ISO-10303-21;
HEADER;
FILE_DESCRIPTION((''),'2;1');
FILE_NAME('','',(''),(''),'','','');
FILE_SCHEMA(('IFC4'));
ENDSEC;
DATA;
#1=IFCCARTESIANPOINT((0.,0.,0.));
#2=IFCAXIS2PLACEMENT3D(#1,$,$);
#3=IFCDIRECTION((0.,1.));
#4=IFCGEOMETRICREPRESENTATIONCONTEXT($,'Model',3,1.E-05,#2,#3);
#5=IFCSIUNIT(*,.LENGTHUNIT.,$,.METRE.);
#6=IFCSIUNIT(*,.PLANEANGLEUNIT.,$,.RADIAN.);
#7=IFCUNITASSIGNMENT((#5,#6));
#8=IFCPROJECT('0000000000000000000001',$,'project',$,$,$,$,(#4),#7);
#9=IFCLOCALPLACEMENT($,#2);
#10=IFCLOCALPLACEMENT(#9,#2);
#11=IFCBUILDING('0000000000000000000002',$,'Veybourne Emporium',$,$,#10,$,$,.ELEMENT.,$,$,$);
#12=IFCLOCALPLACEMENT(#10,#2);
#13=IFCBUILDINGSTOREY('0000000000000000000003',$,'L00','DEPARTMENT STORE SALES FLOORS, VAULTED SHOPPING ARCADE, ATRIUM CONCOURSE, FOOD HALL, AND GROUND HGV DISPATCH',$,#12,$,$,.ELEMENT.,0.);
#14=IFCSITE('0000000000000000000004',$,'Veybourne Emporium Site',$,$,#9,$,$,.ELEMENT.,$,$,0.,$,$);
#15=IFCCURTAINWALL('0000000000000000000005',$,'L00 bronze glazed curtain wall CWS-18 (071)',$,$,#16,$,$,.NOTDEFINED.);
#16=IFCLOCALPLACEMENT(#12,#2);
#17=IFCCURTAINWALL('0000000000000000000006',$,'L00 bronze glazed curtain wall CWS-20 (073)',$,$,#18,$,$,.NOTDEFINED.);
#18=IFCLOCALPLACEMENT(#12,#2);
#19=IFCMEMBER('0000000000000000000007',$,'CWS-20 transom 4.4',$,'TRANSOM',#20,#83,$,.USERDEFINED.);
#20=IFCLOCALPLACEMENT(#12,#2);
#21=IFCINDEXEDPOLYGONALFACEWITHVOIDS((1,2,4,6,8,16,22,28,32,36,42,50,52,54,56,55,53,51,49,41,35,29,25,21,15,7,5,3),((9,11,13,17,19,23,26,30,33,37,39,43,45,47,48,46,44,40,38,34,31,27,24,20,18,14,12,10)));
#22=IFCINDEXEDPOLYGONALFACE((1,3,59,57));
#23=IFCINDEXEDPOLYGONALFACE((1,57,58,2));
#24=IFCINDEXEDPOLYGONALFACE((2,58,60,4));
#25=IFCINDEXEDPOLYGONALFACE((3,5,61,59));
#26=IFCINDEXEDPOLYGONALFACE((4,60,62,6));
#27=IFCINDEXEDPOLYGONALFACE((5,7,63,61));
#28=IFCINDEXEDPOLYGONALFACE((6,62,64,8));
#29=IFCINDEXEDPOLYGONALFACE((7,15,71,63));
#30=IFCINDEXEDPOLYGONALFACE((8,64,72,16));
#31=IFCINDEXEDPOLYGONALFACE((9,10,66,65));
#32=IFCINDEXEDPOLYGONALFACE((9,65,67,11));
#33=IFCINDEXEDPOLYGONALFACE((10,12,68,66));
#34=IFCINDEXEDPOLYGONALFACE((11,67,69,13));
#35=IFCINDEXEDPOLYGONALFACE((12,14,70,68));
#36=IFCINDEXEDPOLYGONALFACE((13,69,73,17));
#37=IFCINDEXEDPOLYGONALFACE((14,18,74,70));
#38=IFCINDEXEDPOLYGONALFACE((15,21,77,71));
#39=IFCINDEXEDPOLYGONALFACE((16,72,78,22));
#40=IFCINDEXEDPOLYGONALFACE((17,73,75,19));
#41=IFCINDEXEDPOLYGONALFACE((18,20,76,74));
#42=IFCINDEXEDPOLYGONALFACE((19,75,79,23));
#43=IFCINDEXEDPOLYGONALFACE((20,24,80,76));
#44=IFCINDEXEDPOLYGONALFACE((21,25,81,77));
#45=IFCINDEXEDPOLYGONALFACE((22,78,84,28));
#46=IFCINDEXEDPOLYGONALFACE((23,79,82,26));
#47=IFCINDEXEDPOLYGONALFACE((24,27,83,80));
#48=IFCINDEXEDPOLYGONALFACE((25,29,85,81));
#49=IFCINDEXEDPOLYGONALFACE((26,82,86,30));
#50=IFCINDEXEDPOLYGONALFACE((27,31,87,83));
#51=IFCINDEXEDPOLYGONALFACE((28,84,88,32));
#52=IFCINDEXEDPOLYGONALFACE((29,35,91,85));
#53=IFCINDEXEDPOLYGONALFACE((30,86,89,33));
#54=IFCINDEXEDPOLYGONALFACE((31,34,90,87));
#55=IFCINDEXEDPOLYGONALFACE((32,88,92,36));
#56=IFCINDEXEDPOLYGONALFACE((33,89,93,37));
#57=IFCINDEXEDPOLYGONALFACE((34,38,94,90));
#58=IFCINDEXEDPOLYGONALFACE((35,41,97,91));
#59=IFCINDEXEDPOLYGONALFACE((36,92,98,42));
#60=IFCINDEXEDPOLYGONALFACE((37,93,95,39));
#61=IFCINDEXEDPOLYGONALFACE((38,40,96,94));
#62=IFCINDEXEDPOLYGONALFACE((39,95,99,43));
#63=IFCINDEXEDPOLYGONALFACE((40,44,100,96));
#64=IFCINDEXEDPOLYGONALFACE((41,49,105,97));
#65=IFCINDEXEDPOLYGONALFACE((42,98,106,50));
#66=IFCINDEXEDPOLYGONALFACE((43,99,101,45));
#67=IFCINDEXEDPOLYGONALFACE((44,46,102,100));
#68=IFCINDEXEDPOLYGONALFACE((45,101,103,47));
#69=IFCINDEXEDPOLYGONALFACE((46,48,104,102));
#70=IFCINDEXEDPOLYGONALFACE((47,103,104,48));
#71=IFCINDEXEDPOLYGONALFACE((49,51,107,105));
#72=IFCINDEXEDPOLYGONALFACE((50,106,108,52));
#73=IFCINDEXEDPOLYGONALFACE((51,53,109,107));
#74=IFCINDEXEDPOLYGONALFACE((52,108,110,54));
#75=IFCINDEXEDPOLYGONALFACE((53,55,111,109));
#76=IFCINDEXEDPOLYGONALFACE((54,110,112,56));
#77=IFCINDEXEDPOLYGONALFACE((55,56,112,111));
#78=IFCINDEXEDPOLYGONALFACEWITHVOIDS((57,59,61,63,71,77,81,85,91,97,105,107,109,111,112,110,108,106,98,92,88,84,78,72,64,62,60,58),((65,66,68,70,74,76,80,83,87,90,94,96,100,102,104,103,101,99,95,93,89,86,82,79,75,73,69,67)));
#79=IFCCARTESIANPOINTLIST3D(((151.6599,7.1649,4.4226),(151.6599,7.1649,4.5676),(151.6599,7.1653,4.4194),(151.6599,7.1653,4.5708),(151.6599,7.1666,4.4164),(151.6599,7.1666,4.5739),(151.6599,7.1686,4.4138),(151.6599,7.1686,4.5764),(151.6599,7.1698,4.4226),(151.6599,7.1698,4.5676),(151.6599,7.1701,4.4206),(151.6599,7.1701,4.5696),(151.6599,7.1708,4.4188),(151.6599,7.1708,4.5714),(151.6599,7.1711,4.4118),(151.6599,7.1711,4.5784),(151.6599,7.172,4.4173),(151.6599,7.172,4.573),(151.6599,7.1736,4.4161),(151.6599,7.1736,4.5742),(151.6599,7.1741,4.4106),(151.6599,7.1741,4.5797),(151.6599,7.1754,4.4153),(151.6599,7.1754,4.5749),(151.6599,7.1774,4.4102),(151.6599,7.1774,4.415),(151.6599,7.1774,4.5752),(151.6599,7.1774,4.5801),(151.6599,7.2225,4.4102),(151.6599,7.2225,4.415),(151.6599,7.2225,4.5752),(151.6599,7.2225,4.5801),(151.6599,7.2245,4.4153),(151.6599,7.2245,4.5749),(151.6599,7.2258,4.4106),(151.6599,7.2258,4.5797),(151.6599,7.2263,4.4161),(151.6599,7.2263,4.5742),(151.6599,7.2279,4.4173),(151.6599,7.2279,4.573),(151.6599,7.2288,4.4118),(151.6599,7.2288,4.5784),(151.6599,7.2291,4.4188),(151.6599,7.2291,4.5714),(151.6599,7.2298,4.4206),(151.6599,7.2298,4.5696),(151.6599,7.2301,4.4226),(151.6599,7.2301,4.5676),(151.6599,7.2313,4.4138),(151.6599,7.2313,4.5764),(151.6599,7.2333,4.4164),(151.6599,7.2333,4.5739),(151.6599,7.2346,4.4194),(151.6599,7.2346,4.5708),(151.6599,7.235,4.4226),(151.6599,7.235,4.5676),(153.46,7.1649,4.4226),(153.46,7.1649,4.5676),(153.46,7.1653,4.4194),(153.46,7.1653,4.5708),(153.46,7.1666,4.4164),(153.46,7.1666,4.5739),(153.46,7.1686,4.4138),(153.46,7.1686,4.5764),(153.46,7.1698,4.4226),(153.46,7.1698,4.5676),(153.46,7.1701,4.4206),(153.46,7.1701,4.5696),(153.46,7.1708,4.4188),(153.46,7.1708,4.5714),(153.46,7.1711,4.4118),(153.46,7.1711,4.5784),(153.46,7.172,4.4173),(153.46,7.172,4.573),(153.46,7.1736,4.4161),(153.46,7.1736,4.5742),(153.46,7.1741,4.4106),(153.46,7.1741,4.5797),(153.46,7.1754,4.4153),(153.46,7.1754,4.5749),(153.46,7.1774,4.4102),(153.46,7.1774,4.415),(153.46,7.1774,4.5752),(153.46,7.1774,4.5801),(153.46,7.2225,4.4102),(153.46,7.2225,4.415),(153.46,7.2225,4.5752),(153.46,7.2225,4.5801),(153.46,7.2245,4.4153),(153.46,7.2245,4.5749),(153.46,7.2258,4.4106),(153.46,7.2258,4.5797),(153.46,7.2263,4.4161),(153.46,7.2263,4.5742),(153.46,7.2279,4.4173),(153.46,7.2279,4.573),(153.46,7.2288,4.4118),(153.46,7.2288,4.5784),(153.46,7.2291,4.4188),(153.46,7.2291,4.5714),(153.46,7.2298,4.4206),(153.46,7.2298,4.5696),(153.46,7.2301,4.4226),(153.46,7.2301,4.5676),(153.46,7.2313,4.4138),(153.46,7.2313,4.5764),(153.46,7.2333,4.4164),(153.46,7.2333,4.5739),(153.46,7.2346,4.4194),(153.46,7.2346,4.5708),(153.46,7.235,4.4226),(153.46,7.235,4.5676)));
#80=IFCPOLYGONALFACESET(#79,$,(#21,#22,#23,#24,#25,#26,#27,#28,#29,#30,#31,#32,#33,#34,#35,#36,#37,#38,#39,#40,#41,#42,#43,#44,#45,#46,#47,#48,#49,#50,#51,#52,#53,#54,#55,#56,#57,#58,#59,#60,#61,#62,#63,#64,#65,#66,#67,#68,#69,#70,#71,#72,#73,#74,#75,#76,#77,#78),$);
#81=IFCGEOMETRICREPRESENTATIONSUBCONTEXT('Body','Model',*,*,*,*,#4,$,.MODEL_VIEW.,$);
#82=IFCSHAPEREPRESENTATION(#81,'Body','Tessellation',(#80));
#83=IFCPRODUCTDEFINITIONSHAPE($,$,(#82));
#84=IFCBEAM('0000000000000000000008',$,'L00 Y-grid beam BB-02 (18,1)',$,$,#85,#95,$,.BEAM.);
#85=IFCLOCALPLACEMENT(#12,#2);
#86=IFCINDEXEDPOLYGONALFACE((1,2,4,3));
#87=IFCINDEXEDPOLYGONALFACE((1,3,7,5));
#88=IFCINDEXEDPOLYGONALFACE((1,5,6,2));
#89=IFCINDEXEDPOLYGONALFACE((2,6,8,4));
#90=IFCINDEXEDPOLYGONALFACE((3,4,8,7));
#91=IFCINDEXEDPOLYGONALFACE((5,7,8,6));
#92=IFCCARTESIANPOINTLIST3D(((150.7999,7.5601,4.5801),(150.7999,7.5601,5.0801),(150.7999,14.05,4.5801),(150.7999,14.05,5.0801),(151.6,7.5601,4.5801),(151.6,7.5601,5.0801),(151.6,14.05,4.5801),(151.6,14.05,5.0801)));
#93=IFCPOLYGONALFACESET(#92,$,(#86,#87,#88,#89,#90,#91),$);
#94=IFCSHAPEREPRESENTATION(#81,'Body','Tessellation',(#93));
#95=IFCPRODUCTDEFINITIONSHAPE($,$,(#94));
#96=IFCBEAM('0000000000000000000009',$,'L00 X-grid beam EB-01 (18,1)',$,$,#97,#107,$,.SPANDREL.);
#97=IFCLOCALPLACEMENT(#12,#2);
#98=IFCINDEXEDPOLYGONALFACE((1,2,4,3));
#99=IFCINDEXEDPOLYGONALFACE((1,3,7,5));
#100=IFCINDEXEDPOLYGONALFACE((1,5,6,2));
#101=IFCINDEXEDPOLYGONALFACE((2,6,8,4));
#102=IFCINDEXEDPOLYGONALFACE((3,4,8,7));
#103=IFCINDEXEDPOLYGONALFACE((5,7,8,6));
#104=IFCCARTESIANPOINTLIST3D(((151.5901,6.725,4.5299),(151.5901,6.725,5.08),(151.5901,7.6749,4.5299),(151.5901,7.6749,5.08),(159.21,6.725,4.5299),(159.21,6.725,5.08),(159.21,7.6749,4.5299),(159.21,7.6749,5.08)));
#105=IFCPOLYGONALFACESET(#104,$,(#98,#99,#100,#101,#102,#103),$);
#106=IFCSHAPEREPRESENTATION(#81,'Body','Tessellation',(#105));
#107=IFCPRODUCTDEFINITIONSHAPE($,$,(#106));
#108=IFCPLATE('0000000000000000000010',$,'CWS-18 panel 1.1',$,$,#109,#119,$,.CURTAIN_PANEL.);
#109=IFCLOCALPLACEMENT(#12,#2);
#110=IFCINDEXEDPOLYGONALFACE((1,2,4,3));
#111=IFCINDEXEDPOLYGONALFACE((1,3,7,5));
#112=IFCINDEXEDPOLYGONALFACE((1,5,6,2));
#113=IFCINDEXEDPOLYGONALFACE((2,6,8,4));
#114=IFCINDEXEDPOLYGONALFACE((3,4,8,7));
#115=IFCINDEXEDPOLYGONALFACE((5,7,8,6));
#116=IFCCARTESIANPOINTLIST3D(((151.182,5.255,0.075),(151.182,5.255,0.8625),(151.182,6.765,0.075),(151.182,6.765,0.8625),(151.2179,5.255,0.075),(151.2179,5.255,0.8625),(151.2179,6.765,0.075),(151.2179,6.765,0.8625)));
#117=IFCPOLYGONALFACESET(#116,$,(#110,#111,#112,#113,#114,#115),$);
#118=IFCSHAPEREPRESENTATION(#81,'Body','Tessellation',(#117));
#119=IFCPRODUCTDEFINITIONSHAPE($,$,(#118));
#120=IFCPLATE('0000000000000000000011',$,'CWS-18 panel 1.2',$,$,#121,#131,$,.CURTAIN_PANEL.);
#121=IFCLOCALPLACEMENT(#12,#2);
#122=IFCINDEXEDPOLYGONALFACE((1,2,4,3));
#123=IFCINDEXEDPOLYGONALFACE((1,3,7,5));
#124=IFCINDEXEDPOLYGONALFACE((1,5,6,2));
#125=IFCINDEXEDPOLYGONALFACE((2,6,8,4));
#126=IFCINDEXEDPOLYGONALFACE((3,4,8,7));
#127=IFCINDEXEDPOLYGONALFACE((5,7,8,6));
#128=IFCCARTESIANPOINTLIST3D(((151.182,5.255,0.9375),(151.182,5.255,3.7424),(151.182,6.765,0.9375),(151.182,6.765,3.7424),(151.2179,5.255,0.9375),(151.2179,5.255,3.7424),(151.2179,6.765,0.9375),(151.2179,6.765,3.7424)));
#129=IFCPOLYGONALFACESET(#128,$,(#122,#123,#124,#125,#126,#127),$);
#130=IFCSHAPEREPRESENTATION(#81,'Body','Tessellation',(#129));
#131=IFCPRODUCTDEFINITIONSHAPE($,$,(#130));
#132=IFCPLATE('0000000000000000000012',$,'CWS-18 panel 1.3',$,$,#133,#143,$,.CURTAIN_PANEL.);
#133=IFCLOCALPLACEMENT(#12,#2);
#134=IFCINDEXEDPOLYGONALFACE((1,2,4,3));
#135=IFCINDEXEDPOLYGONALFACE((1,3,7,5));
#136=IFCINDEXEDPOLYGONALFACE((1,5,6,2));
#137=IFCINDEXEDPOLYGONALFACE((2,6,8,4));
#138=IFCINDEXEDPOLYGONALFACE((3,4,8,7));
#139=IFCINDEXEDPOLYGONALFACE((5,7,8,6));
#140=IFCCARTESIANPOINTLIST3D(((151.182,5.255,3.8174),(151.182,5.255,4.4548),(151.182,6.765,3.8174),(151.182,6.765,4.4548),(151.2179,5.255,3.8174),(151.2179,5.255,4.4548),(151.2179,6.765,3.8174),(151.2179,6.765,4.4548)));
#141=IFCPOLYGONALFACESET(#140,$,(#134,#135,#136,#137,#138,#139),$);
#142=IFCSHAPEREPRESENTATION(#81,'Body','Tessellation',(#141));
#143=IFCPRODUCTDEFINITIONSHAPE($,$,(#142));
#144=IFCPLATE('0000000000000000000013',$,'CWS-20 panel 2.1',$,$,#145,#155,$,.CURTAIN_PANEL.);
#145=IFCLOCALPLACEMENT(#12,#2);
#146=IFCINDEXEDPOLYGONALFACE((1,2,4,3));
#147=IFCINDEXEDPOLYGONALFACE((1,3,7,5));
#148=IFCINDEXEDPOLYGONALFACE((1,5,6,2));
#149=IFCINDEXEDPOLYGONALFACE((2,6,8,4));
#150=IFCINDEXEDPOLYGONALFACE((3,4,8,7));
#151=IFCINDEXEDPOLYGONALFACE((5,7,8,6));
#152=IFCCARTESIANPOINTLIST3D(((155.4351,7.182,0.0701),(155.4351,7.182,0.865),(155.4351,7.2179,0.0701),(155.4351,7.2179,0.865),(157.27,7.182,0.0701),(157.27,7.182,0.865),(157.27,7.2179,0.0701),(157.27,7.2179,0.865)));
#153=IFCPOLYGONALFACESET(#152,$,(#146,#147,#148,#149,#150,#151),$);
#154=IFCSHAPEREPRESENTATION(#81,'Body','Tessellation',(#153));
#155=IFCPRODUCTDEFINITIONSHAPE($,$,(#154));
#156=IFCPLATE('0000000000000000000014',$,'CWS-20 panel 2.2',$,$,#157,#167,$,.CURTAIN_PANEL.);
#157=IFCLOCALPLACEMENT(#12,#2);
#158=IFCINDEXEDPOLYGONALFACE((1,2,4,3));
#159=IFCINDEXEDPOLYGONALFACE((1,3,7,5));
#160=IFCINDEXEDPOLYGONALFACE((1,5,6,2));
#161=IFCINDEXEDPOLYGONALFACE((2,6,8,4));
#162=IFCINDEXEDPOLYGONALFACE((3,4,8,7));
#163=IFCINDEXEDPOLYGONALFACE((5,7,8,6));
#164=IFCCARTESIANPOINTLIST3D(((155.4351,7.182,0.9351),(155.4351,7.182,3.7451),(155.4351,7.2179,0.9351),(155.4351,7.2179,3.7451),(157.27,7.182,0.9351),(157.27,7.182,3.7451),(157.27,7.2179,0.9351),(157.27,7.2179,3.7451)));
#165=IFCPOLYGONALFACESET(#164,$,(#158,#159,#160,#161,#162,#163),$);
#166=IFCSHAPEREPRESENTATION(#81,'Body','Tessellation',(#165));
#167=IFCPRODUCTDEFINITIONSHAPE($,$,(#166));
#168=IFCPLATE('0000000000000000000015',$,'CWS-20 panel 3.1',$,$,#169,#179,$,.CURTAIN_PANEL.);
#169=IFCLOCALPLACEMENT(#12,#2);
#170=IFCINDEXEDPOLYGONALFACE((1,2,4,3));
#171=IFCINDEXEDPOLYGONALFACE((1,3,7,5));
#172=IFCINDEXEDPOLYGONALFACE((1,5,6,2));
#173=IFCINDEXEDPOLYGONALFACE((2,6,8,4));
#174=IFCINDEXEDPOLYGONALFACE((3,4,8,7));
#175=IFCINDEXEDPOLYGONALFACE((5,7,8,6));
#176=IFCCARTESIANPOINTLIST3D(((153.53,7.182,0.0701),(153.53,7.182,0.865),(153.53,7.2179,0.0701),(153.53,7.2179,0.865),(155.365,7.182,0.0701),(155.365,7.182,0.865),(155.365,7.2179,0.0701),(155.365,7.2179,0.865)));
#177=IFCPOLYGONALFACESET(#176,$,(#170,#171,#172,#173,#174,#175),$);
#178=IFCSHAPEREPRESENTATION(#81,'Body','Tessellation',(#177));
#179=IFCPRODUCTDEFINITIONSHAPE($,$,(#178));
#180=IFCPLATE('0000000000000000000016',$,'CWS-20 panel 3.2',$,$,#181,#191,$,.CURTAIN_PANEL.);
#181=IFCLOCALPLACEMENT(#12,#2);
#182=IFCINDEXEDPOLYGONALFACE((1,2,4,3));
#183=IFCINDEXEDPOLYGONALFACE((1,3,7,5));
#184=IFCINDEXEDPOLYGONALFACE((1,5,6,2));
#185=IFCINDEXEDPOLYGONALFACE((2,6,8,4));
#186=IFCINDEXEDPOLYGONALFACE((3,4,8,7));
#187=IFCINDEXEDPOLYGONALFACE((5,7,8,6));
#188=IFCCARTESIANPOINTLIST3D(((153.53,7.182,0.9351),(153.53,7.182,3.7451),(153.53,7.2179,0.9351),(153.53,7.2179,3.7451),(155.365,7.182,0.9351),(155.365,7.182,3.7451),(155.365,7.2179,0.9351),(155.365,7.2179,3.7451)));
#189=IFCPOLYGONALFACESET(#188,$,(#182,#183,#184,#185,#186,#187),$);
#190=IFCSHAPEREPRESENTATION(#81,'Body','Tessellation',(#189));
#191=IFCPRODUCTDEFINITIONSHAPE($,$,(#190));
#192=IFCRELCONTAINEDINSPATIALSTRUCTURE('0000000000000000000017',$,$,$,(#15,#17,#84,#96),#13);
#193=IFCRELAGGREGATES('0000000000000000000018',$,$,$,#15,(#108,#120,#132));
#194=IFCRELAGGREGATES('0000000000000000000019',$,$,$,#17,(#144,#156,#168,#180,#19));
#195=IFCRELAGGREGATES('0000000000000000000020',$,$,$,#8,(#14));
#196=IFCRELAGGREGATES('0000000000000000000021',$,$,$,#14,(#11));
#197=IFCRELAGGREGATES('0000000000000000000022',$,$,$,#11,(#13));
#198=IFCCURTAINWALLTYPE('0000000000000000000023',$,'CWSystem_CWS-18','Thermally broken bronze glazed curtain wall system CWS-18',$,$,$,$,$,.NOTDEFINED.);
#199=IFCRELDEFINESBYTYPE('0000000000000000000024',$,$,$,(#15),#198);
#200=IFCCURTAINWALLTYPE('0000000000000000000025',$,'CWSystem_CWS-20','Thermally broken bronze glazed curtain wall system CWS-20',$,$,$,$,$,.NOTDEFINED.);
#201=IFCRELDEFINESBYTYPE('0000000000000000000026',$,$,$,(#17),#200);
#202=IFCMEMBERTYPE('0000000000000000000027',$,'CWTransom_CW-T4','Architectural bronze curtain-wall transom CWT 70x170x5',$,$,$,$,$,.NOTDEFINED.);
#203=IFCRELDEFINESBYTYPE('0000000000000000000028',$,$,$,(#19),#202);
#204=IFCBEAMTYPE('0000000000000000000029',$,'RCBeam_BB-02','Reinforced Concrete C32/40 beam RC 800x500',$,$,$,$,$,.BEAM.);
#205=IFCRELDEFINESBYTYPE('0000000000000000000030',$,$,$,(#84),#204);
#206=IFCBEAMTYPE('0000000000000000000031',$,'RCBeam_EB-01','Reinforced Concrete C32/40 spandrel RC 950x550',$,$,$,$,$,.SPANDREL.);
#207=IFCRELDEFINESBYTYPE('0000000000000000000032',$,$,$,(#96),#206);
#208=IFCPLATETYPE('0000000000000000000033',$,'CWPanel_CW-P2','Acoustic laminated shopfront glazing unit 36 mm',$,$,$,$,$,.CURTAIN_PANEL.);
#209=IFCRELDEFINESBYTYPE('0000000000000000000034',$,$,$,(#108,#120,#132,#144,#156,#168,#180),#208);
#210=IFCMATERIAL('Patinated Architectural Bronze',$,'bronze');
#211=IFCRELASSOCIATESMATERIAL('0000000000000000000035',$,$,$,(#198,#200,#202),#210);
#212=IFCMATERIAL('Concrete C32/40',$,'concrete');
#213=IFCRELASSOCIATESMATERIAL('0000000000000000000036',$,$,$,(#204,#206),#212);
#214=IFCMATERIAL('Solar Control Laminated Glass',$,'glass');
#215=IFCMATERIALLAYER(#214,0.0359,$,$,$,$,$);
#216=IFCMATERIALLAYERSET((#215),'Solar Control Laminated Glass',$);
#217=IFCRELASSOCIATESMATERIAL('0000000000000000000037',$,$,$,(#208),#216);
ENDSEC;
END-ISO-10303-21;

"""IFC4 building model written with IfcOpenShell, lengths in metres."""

from ifc_helpers import new_model, si_unit, direction, frame, origin, origin_2d, place, context, subcontext, project, spatial, rectangle, hollow_rectangle, extrude, material, layer, layer_set, material_profile, profile_set, type_object, element, aggregate, save


model = new_model("IFC4")

# Units and contexts
model_context = context("Model", 3, precision=1e-05, world=origin(), true_north=direction((0.0, 1.0)))
body_context = subcontext(model_context, "Body", "Model", "MODEL_VIEW")
ifc_project = project(units=[si_unit("LENGTHUNIT", "METRE"), si_unit("PLANEANGLEUNIT", "RADIAN")], contexts=[model_context])

# Site, building, storey
site_placement = place(None, origin())
site = spatial("IfcSite", under=ifc_project, at=site_placement, Name="Veybourne Emporium Site", CompositionType="ELEMENT", RefElevation=0.0)
building_placement = place(site_placement, origin())
building = spatial("IfcBuilding", under=site, at=building_placement, Name="Veybourne Emporium", CompositionType="ELEMENT")
storey_placement = place(building_placement, origin())
storey = spatial("IfcBuildingStorey", under=building, at=storey_placement, Name="L00", Description="DEPARTMENT STORE SALES FLOORS, VAULTED SHOPPING ARCADE, ATRIUM CONCOURSE, FOOD HALL, AND GROUND HGV DISPATCH", CompositionType="ELEMENT", Elevation=0.0)

# Curtain walls
ifc_material_1 = material(Name="Patinated Architectural Bronze", Category="bronze")
curtain_wall_type_1 = type_object("IfcCurtainWallType", Name="CWSystem_CWS-18", Description="Thermally broken bronze glazed curtain wall system CWS-18", PredefinedType="NOTDEFINED", material=ifc_material_1)
curtain_wall_1_placement = place(storey_placement, origin())
curtain_wall_1 = element("IfcCurtainWall", 1, at=curtain_wall_1_placement, inside=storey, type_object=curtain_wall_type_1, Name="L00 bronze glazed curtain wall CWS-18 (071)", PredefinedType="NOTDEFINED")
curtain_wall_type_2 = type_object("IfcCurtainWallType", Name="CWSystem_CWS-20", Description="Thermally broken bronze glazed curtain wall system CWS-20", PredefinedType="NOTDEFINED", material=ifc_material_1)
curtain_wall_2_placement = place(storey_placement, origin())
curtain_wall_2 = element("IfcCurtainWall", 2, at=curtain_wall_2_placement, inside=storey, type_object=curtain_wall_type_2, Name="L00 bronze glazed curtain wall CWS-20 (073)", PredefinedType="NOTDEFINED")

# Member
ifc_material_profile_1 = material_profile(ifc_material_1, hollow_rectangle(XDim=0.0701, YDim=0.1699, WallThickness=0.0049, InnerFilletRadius=0.0076, OuterFilletRadius=0.0125, at=origin_2d()), Name="CWT 70x170x5")
ifc_profile_set_1 = profile_set([ifc_material_profile_1], Name="Patinated Architectural Bronze")
member_type_1 = type_object("IfcMemberType", Name="CWTransom_CW-T4", Description="Architectural bronze curtain-wall transom CWT 70x170x5", PredefinedType="NOTDEFINED", material=ifc_profile_set_1)
member_1_placement = place(storey_placement, frame((153.46, 7.2, 4.4951), z_axis=(-1.0, 0.0, 0.0), x_axis=(0.0, -1.0, 0.0)))
member_1 = element("IfcMember", 3, at=member_1_placement, type_object=member_type_1, Name="CWS-20 transom 4.4", ObjectType="TRANSOM", PredefinedType="USERDEFINED", context=body_context, shape_type="SweptSolid", body=[
    extrude(hollow_rectangle(XDim=0.0701, YDim=0.1699, WallThickness=0.0049, InnerFilletRadius=0.0076, OuterFilletRadius=0.0125, at=origin_2d()), origin(), (0.0, 0.0, 1.0), 1.8),
])

# Beams
ifc_material_2 = material(Name="Concrete C32/40", Category="concrete")
ifc_material_profile_2 = material_profile(ifc_material_2, rectangle(XDim=0.8, YDim=0.5, at=origin_2d()), Name="RC 800x500")
ifc_profile_set_2 = profile_set([ifc_material_profile_2], Name="Concrete C32/40")
beam_type_1 = type_object("IfcBeamType", Name="RCBeam_BB-02", Description="Reinforced Concrete C32/40 beam RC 800x500", PredefinedType="BEAM", material=ifc_profile_set_2)
beam_1_placement = place(storey_placement, frame((151.2, 7.5601, 4.8301), z_axis=(0.0, 1.0, 0.0), x_axis=(-1.0, 0.0, 0.0)))
element("IfcBeam", 4, at=beam_1_placement, inside=storey, type_object=beam_type_1, Name="L00 Y-grid beam BB-02 (18,1)", PredefinedType="BEAM", context=body_context, shape_type="SweptSolid", body=[
    extrude(rectangle(XDim=0.8, YDim=0.5, at=origin_2d()), origin(), (0.0, 0.0, 1.0), 6.49),
])
ifc_material_profile_3 = material_profile(ifc_material_2, rectangle(XDim=0.95, YDim=0.55, at=origin_2d()), Name="RC 950x550")
ifc_profile_set_3 = profile_set([ifc_material_profile_3], Name="Concrete C32/40")
beam_type_2 = type_object("IfcBeamType", Name="RCBeam_EB-01", Description="Reinforced Concrete C32/40 spandrel RC 950x550", PredefinedType="SPANDREL", material=ifc_profile_set_3)
beam_2_placement = place(storey_placement, frame((151.5901, 7.2, 4.8049), z_axis=(1.0, 0.0, 0.0), x_axis=(0.0, 1.0, 0.0)))
element("IfcBeam", 5, at=beam_2_placement, inside=storey, type_object=beam_type_2, Name="L00 X-grid beam EB-01 (18,1)", PredefinedType="SPANDREL", context=body_context, shape_type="SweptSolid", body=[
    extrude(rectangle(XDim=0.95, YDim=0.55, at=origin_2d()), origin(), (0.0, 0.0, 1.0), 7.6199),
])

# Plates
ifc_material_3 = material(Name="Solar Control Laminated Glass", Category="glass")
ifc_layer_1 = layer(ifc_material_3, 0.0359)
ifc_layer_set_1 = layer_set([ifc_layer_1], Name="Solar Control Laminated Glass")
plate_type = type_object("IfcPlateType", Name="CWPanel_CW-P2", Description="Acoustic laminated shopfront glazing unit 36 mm", PredefinedType="CURTAIN_PANEL", material=ifc_layer_set_1)
plate_1_placement = place(storey_placement, frame((151.2, 6.01, 0.075), z_axis=(0.0, 0.0, 1.0), x_axis=(0.0, -1.0, 0.0)))
plate_1 = element("IfcPlate", 6, at=plate_1_placement, type_object=plate_type, Name="CWS-18 panel 1.1", PredefinedType="CURTAIN_PANEL", context=body_context, shape_type="SweptSolid", body=[
    extrude(rectangle(XDim=1.51, YDim=0.0359, at=origin_2d()), origin(), (0.0, 0.0, 1.0), 0.7876),
])
plate_2_placement = place(storey_placement, frame((151.2, 6.01, 0.9375), z_axis=(0.0, 0.0, 1.0), x_axis=(0.0, -1.0, 0.0)))
plate_2 = element("IfcPlate", 7, at=plate_2_placement, type_object=plate_type, Name="CWS-18 panel 1.2", PredefinedType="CURTAIN_PANEL", context=body_context, shape_type="SweptSolid", body=[
    extrude(rectangle(XDim=1.51, YDim=0.0359, at=origin_2d()), origin(), (0.0, 0.0, 1.0), 2.8049),
])
plate_3_placement = place(storey_placement, frame((151.2, 6.01, 3.8174), z_axis=(0.0, 0.0, 1.0), x_axis=(0.0, -1.0, 0.0)))
plate_3 = element("IfcPlate", 8, at=plate_3_placement, type_object=plate_type, Name="CWS-18 panel 1.3", PredefinedType="CURTAIN_PANEL", context=body_context, shape_type="SweptSolid", body=[
    extrude(rectangle(XDim=1.51, YDim=0.0359, at=origin_2d()), origin(), (0.0, 0.0, 1.0), 0.6375),
])
aggregate(curtain_wall_1, [plate_1, plate_2, plate_3])
plate_4_placement = place(storey_placement, frame((156.3525, 7.2, 0.0701), z_axis=(0.0, 0.0, 1.0), x_axis=(-1.0, 0.0, 0.0)))
plate_4 = element("IfcPlate", 9, at=plate_4_placement, type_object=plate_type, Name="CWS-20 panel 2.1", PredefinedType="CURTAIN_PANEL", context=body_context, shape_type="SweptSolid", body=[
    extrude(rectangle(XDim=1.835, YDim=0.0359, at=origin_2d()), origin(), (0.0, 0.0, 1.0), 0.7949),
])
plate_5_placement = place(storey_placement, frame((156.3525, 7.2, 0.9351), z_axis=(0.0, 0.0, 1.0), x_axis=(-1.0, 0.0, 0.0)))
plate_5 = element("IfcPlate", 10, at=plate_5_placement, type_object=plate_type, Name="CWS-20 panel 2.2", PredefinedType="CURTAIN_PANEL", context=body_context, shape_type="SweptSolid", body=[
    extrude(rectangle(XDim=1.835, YDim=0.0359, at=origin_2d()), origin(), (0.0, 0.0, 1.0), 2.8101),
])
plate_6_placement = place(storey_placement, frame((154.4475, 7.2, 0.0701), z_axis=(0.0, 0.0, 1.0), x_axis=(-1.0, 0.0, 0.0)))
plate_6 = element("IfcPlate", 11, at=plate_6_placement, type_object=plate_type, Name="CWS-20 panel 3.1", PredefinedType="CURTAIN_PANEL", context=body_context, shape_type="SweptSolid", body=[
    extrude(rectangle(XDim=1.835, YDim=0.0359, at=origin_2d()), origin(), (0.0, 0.0, 1.0), 0.7949),
])
plate_7_placement = place(storey_placement, frame((154.4475, 7.2, 0.9351), z_axis=(0.0, 0.0, 1.0), x_axis=(-1.0, 0.0, 0.0)))
plate_7 = element("IfcPlate", 12, at=plate_7_placement, type_object=plate_type, Name="CWS-20 panel 3.2", PredefinedType="CURTAIN_PANEL", context=body_context, shape_type="SweptSolid", body=[
    extrude(rectangle(XDim=1.835, YDim=0.0359, at=origin_2d()), origin(), (0.0, 0.0, 1.0), 2.8101),
])
aggregate(curtain_wall_2, [plate_4, plate_5, plate_6, plate_7, member_1])

save(model, "model.ifc")
